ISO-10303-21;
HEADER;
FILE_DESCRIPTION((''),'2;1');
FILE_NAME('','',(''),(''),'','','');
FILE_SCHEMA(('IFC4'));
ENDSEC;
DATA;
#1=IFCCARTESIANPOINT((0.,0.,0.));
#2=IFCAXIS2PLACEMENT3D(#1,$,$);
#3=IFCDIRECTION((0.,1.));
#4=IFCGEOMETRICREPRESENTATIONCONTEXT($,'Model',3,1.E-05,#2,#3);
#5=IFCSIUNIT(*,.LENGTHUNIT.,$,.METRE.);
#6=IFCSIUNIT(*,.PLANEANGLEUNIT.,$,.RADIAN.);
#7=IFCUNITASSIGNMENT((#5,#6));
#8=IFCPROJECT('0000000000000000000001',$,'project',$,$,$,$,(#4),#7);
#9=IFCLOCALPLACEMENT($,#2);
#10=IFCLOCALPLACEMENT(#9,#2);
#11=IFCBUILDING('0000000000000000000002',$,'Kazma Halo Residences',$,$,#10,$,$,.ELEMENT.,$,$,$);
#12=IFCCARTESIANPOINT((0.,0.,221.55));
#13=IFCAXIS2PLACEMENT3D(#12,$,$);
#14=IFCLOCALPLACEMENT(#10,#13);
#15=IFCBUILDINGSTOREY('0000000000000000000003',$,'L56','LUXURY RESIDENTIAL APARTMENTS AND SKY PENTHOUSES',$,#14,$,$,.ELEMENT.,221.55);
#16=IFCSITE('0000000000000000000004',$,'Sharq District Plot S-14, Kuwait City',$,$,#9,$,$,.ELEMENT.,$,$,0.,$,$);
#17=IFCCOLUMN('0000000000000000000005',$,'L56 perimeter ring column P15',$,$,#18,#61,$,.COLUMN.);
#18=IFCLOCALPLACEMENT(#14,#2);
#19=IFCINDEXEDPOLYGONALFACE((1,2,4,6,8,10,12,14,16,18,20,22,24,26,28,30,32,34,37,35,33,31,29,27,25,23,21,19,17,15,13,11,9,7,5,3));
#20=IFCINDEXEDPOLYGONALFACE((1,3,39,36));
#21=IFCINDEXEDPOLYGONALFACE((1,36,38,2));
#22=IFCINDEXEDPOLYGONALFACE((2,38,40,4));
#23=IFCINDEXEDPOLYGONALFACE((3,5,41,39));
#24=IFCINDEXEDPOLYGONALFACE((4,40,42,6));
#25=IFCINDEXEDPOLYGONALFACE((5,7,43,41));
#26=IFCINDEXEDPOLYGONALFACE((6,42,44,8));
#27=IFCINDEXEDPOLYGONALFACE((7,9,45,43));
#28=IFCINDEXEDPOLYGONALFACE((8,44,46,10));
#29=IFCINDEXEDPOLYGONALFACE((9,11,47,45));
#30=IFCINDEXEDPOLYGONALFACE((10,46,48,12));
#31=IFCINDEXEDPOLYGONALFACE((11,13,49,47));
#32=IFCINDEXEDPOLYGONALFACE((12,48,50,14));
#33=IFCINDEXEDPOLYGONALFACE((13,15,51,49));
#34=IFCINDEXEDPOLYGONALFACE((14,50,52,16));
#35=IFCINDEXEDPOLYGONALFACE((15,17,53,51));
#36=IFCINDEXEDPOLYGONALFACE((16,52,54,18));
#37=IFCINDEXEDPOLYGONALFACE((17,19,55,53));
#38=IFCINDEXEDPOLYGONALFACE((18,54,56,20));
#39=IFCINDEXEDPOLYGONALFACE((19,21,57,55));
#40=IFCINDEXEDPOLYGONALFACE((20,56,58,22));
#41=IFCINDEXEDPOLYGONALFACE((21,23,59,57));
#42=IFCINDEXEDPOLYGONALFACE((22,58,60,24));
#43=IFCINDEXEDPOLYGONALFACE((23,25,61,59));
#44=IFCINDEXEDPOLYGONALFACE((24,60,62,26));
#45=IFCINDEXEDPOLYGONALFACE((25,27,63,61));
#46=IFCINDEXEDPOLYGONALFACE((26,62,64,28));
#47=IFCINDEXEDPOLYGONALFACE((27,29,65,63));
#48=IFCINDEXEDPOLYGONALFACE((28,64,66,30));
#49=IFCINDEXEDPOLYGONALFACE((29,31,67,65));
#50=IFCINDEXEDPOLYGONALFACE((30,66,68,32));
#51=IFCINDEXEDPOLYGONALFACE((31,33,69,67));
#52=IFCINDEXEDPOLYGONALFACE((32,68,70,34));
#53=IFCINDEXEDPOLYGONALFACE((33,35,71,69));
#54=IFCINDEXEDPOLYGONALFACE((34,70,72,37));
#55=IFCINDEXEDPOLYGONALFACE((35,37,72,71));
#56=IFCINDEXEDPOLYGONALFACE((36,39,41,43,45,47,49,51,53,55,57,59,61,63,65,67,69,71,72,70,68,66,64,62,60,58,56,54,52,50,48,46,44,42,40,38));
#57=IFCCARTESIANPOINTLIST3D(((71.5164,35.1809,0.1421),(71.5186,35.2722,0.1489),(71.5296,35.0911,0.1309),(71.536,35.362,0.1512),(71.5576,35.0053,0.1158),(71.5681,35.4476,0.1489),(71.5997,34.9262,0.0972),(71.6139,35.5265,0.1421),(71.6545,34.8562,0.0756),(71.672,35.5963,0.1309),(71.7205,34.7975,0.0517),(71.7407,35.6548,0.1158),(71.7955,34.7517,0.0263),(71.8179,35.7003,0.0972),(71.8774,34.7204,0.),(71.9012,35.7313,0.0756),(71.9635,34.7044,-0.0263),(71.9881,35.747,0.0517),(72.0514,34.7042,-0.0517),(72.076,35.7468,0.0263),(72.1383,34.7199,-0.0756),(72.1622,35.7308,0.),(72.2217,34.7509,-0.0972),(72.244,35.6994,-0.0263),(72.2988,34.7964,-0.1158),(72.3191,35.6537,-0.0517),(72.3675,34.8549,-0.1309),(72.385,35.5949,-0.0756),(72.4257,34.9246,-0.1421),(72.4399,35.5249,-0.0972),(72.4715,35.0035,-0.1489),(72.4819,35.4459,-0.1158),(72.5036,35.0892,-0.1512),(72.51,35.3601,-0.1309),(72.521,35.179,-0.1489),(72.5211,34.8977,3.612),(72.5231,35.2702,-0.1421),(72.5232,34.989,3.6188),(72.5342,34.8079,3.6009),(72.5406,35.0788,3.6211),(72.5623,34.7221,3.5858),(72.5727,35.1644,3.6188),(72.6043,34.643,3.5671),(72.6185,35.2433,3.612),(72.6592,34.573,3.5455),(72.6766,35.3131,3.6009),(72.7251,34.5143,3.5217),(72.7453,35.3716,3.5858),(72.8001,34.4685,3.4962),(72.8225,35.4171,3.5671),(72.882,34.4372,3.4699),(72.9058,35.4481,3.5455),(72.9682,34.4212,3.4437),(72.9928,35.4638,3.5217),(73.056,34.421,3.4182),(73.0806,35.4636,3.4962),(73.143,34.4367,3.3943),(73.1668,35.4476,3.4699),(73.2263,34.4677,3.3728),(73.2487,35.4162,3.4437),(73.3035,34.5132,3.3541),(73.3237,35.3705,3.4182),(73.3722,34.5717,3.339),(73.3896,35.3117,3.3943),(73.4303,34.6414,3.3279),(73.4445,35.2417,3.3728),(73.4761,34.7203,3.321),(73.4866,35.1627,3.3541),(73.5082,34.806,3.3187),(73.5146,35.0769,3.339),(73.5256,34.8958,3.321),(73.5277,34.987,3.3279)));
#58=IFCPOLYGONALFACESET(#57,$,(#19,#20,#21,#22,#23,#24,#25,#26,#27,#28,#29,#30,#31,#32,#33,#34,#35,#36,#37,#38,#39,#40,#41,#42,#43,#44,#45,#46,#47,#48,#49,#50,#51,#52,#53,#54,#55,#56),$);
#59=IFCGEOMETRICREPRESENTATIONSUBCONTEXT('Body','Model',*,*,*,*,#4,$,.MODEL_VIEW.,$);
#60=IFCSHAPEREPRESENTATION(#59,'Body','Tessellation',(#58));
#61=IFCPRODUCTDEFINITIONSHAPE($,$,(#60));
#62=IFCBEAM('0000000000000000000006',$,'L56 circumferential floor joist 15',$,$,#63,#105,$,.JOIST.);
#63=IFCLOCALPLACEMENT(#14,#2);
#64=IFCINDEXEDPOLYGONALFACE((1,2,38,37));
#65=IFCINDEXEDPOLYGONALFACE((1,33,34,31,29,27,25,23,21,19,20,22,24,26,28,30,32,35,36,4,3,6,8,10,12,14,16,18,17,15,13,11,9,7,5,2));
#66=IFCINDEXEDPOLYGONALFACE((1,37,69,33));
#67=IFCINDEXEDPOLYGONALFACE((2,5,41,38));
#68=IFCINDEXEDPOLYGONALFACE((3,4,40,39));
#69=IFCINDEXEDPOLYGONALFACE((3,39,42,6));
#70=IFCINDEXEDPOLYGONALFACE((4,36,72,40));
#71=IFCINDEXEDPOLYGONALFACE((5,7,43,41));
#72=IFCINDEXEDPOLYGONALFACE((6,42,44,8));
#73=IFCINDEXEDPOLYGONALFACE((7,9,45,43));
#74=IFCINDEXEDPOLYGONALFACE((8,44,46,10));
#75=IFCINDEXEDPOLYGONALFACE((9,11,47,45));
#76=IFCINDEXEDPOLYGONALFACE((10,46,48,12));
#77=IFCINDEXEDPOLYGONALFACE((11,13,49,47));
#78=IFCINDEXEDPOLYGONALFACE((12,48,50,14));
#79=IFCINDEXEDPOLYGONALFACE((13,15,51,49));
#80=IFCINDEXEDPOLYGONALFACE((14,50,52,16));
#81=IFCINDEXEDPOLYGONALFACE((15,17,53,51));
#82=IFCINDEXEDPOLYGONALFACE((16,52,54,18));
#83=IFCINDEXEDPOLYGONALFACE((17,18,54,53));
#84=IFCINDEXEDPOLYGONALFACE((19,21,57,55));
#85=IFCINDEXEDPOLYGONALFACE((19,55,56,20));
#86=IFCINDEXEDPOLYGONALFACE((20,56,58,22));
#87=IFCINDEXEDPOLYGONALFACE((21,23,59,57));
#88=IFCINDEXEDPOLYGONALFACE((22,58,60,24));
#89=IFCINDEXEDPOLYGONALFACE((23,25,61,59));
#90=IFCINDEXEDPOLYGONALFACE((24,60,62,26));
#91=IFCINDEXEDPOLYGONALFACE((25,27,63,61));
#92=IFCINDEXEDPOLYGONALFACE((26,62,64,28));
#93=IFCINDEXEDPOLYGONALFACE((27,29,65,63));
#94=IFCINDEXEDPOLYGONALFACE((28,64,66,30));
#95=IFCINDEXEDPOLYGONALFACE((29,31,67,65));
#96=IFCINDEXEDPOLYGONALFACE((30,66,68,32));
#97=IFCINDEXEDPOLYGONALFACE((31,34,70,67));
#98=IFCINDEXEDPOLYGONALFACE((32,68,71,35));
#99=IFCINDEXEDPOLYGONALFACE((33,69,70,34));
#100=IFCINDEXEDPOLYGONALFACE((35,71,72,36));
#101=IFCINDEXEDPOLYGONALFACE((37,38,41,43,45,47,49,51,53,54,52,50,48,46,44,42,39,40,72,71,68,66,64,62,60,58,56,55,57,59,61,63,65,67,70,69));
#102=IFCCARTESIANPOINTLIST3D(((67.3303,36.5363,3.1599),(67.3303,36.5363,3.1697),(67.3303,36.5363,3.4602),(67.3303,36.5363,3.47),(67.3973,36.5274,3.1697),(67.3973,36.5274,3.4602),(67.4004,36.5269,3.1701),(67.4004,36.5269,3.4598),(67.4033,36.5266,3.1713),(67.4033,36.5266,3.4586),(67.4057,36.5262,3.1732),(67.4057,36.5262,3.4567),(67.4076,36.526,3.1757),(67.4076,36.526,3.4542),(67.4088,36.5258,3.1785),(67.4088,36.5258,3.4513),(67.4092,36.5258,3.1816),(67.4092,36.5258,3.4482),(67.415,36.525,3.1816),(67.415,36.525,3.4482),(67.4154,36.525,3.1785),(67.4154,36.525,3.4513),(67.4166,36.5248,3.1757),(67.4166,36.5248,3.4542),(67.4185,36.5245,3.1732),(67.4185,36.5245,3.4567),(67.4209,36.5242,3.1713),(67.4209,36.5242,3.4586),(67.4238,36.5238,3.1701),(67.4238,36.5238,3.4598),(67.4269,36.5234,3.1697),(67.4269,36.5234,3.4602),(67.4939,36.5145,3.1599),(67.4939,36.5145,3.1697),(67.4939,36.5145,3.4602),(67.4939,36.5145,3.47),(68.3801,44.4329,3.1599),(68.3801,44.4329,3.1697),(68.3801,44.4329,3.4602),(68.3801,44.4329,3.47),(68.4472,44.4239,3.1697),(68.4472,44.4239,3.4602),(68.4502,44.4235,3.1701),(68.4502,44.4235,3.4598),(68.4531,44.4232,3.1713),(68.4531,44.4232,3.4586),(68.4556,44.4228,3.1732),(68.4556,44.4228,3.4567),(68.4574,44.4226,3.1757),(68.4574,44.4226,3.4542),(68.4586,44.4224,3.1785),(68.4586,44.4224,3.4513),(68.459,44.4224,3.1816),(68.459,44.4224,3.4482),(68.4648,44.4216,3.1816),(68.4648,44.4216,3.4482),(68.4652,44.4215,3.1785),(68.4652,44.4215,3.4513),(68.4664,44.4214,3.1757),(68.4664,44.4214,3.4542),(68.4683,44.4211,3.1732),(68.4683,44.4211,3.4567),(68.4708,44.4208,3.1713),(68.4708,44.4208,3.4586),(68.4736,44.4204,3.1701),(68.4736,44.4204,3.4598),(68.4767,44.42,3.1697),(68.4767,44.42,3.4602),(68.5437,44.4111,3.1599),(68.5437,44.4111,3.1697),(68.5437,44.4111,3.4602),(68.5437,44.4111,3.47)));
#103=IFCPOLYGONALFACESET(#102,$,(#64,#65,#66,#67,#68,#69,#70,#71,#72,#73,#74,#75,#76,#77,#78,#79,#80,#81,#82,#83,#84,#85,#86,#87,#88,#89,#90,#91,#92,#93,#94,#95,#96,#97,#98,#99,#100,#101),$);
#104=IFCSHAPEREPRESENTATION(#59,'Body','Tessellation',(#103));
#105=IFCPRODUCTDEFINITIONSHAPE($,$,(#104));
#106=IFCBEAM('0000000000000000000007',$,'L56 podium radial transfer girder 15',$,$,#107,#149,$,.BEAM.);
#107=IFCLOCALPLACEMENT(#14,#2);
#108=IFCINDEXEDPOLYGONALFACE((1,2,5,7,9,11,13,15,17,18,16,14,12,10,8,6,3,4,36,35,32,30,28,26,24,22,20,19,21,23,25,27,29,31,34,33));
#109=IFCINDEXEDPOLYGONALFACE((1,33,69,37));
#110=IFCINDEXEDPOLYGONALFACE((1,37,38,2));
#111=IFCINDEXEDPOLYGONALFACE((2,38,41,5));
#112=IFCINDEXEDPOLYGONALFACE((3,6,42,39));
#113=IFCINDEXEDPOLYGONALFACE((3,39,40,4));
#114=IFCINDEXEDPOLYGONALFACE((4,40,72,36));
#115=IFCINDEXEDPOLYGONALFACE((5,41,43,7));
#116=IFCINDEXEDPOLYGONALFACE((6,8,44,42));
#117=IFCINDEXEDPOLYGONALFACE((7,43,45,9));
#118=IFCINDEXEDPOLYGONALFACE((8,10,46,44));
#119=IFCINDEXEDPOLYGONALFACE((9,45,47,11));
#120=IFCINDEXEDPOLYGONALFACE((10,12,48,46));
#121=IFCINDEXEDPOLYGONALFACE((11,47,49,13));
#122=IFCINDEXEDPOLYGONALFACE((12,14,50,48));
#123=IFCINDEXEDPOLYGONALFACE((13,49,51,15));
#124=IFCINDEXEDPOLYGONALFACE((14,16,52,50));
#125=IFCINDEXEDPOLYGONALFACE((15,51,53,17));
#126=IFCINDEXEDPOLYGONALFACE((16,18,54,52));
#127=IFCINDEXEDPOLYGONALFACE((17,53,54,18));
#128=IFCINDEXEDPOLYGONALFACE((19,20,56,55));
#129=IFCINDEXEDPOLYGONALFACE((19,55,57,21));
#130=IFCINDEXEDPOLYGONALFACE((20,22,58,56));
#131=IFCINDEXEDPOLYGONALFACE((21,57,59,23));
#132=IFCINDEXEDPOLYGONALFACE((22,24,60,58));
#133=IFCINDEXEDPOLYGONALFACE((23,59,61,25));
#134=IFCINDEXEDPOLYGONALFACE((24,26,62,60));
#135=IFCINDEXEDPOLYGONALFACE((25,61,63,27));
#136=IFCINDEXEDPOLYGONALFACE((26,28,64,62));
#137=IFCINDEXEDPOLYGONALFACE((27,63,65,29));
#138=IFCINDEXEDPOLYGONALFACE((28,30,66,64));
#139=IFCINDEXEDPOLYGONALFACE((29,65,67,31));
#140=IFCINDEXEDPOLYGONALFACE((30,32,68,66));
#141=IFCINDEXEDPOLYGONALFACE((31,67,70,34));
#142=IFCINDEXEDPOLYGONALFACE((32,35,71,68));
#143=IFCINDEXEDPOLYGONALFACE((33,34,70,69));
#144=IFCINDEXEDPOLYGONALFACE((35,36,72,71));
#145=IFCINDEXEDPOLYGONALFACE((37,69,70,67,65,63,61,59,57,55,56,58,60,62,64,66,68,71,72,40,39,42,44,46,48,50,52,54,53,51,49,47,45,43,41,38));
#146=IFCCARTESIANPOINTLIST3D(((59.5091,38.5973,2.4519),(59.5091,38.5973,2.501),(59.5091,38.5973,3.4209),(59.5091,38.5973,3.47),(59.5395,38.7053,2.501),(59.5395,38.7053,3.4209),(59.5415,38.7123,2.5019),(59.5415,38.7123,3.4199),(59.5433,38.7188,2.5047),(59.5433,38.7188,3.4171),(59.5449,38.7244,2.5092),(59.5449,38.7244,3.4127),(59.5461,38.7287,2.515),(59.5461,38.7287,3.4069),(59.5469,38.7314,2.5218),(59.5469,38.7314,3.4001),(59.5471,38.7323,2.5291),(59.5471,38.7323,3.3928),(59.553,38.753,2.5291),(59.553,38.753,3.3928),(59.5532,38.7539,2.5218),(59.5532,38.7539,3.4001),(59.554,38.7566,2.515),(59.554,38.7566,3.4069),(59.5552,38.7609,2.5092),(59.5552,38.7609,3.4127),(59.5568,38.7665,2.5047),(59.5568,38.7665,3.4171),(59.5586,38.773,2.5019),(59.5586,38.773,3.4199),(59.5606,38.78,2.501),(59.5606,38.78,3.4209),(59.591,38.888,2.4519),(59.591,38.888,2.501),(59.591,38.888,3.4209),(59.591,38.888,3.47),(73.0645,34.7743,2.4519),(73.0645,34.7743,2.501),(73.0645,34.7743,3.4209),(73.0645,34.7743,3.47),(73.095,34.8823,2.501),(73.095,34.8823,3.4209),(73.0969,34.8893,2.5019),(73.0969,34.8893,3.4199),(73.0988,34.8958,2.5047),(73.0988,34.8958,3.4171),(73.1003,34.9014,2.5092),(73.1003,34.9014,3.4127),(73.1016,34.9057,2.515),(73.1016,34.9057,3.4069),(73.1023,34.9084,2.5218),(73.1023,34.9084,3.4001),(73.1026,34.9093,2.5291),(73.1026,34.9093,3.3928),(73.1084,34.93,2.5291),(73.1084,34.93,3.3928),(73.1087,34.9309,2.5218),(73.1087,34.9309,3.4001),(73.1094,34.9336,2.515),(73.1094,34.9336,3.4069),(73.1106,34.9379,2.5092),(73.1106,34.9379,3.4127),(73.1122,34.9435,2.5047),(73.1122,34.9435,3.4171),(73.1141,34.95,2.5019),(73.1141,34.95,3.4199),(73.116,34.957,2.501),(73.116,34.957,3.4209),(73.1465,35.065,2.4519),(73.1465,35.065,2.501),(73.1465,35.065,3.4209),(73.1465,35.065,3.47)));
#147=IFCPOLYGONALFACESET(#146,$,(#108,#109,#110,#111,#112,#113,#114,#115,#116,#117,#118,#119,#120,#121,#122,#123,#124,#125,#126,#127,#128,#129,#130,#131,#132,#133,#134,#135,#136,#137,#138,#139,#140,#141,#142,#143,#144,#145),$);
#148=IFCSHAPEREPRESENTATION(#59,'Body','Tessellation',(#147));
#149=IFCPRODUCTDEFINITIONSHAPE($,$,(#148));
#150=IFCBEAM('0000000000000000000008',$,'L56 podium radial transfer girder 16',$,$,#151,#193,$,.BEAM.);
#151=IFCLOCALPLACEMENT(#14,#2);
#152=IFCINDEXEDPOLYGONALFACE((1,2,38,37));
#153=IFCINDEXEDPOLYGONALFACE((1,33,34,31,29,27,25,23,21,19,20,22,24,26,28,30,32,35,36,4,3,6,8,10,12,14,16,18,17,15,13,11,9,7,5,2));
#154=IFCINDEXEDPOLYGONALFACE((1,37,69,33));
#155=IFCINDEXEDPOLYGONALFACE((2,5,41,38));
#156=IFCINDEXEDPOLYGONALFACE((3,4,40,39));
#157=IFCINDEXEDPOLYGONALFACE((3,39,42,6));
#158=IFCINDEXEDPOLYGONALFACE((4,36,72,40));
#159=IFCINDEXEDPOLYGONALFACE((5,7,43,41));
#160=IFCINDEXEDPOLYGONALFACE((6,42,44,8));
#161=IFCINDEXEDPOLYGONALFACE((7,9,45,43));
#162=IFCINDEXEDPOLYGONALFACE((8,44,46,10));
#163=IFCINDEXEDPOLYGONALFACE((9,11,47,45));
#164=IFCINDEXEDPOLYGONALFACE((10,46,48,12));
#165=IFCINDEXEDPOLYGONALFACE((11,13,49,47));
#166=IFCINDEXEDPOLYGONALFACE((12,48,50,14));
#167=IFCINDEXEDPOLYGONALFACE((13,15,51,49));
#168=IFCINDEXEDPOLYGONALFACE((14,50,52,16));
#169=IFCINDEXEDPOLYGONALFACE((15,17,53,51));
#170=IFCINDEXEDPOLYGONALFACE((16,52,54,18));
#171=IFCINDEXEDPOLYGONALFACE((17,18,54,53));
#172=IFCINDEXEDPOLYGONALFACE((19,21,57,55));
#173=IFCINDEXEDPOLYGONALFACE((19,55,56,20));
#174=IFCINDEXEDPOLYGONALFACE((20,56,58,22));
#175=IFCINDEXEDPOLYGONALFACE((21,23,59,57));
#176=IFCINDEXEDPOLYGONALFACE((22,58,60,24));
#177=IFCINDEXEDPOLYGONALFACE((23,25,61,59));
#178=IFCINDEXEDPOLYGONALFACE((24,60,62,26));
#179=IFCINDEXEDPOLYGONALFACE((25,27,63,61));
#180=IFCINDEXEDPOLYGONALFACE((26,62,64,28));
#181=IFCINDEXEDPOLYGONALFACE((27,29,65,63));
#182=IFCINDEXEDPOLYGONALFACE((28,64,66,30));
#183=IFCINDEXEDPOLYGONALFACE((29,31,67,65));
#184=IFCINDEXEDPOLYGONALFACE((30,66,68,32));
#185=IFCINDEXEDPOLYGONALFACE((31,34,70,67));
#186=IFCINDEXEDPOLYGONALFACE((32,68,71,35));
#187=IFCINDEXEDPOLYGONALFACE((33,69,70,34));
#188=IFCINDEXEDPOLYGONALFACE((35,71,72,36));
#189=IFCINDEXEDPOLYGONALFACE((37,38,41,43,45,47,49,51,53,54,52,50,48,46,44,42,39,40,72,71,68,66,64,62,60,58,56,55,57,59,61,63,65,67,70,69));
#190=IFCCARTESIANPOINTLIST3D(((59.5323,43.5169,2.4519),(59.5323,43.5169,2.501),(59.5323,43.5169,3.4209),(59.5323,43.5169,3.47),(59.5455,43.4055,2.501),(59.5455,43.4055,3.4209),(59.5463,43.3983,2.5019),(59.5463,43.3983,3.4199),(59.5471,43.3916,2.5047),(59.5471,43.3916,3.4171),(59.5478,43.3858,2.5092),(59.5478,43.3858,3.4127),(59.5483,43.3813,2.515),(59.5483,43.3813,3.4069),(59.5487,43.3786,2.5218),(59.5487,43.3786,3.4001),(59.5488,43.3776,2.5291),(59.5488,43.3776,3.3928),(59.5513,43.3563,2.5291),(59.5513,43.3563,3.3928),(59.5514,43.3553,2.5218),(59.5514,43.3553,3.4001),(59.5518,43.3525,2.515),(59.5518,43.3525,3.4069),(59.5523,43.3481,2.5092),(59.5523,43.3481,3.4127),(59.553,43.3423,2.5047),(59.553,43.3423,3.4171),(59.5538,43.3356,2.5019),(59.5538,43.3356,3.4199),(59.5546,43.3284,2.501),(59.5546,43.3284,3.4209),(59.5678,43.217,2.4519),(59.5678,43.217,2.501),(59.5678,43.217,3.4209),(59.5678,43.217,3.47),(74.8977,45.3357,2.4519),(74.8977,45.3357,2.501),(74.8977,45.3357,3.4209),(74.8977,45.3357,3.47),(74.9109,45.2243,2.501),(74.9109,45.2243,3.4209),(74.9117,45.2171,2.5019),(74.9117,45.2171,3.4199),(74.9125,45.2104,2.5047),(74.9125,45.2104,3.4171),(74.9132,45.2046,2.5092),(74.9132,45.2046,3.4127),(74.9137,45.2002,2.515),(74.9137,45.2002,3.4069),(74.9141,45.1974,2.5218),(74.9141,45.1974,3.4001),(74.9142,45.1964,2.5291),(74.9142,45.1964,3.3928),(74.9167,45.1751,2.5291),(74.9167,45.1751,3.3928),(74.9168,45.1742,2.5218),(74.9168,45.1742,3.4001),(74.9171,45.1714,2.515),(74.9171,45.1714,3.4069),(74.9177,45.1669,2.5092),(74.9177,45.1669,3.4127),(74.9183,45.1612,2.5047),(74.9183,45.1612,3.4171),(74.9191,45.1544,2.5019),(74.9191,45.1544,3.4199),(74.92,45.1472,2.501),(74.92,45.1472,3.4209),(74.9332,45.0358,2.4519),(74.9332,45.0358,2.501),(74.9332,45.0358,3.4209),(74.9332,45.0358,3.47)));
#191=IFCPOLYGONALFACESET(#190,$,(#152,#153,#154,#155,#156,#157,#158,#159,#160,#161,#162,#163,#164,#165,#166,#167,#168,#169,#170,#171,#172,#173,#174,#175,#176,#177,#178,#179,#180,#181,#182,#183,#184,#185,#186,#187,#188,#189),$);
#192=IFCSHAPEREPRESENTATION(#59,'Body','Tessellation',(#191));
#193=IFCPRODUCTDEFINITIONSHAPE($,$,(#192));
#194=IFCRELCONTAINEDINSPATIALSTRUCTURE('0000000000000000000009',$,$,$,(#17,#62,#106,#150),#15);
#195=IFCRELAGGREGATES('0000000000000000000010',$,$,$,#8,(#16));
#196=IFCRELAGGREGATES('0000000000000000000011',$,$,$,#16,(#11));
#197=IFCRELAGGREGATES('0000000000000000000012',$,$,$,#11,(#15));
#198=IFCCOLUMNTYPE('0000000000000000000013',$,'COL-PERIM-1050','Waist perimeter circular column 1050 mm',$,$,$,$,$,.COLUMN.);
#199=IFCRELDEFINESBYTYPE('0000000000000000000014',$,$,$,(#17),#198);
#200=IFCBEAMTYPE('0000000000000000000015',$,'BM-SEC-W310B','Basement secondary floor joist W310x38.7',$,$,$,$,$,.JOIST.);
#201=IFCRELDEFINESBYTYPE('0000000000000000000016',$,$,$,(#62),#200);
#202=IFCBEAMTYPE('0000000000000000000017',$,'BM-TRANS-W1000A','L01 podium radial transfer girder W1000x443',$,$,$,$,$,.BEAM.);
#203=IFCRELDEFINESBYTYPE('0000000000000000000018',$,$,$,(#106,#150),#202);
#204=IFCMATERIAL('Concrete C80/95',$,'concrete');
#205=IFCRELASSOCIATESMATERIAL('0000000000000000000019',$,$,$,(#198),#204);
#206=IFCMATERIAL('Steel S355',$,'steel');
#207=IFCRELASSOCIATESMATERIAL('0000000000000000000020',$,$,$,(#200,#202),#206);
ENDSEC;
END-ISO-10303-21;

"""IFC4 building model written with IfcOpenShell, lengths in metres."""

from ifc_helpers import new_model, si_unit, direction, frame, origin, origin_2d, place, context, subcontext, project, spatial, circle, i_section, extrude, material, material_profile, profile_set, type_object, element, save


model = new_model("IFC4")

# Units and contexts
model_context = context("Model", 3, precision=1e-05, world=origin(), true_north=direction((0.0, 1.0)))
body_context = subcontext(model_context, "Body", "Model", "MODEL_VIEW")
ifc_project = project(units=[si_unit("LENGTHUNIT", "METRE"), si_unit("PLANEANGLEUNIT", "RADIAN")], contexts=[model_context])

# Site, building, storey
site_placement = place(None, origin())
site = spatial("IfcSite", under=ifc_project, at=site_placement, Name="Sharq District Plot S-14, Kuwait City", CompositionType="ELEMENT", RefElevation=0.0)
building_placement = place(site_placement, origin())
building = spatial("IfcBuilding", under=site, at=building_placement, Name="Kazma Halo Residences", CompositionType="ELEMENT")
storey_placement = place(building_placement, frame((0.0, 0.0, 221.55)))
storey = spatial("IfcBuildingStorey", under=building, at=storey_placement, Name="L56", Description="LUXURY RESIDENTIAL APARTMENTS AND SKY PENTHOUSES", CompositionType="ELEMENT", Elevation=221.55)

# Column
ifc_material_1 = material(Name="Concrete C80/95", Category="concrete")
ifc_material_profile_1 = material_profile(ifc_material_1, circle(Radius=0.5249, at=origin_2d()), Name="CIRC1050")
ifc_profile_set_1 = profile_set([ifc_material_profile_1], Name="Concrete C80/95")
column_type = type_object("IfcColumnType", Name="COL-PERIM-1050", Description="Waist perimeter circular column 1050 mm", PredefinedType="COLUMN", material=ifc_profile_set_1)
column_placement = place(storey_placement, frame((72.0198, 35.2256, 0.0), z_axis=(0.277252, -0.078156, 0.957613), x_axis=(0.271321, 0.962489, 0.0)))
element("IfcColumn", 1, at=column_placement, inside=storey, type_object=column_type, Name="L56 perimeter ring column P15", PredefinedType="COLUMN", context=body_context, shape_type="SweptSolid", body=[
    extrude(circle(Radius=0.5249, at=origin_2d()), origin(), (0.0, 0.0, 1.0), 3.6235),
])

# Beams
ifc_material_2 = material(Name="Steel S355", Category="steel")
ifc_material_profile_2 = material_profile(ifc_material_2, i_section(OverallWidth=0.165, OverallDepth=0.3101, WebThickness=0.0059, FlangeThickness=0.0098, FilletRadius=0.012, at=origin_2d()), Name="W310x38.7")
ifc_profile_set_2 = profile_set([ifc_material_profile_2], Name="Steel S355")
beam_type_1 = type_object("IfcBeamType", Name="BM-SEC-W310B", Description="Basement secondary floor joist W310x38.7", PredefinedType="JOIST", material=ifc_profile_set_2)
beam_1_placement = place(storey_placement, frame((67.4121, 36.5254, 3.3149), z_axis=(0.131786, 0.991278, 0.0), x_axis=(-0.991278, 0.131786, 0.0)))
element("IfcBeam", 2, at=beam_1_placement, inside=storey, type_object=beam_type_1, Name="L56 circumferential floor joist 15", PredefinedType="JOIST", context=body_context, shape_type="SweptSolid", body=[
    extrude(i_section(OverallWidth=0.165, OverallDepth=0.3101, WebThickness=0.0059, FlangeThickness=0.0098, FilletRadius=0.012, at=origin_2d()), origin(), (0.0, 0.0, 1.0), 7.9661),
])
ifc_material_profile_3 = material_profile(ifc_material_2, i_section(OverallWidth=0.302, OverallDepth=1.0181, WebThickness=0.0215, FlangeThickness=0.0491, FilletRadius=0.0281, at=origin_2d()), Name="W1000x443")
ifc_profile_set_3 = profile_set([ifc_material_profile_3], Name="Steel S355")
beam_type_2 = type_object("IfcBeamType", Name="BM-TRANS-W1000A", Description="L01 podium radial transfer girder W1000x443", PredefinedType="BEAM", material=ifc_profile_set_3)
beam_2_placement = place(storey_placement, frame((59.55, 38.7427, 2.9609), z_axis=(0.962456, -0.271439, 0.0), x_axis=(0.271439, 0.962456, 0.0)))
element("IfcBeam", 3, at=beam_2_placement, inside=storey, type_object=beam_type_2, Name="L56 podium radial transfer girder 15", PredefinedType="BEAM", context=body_context, shape_type="SweptSolid", body=[
    extrude(i_section(OverallWidth=0.302, OverallDepth=1.0181, WebThickness=0.0215, FlangeThickness=0.0491, FilletRadius=0.0281, at=origin_2d()), origin(), (0.0, 0.0, 1.0), 14.0842),
])
beam_3_placement = place(storey_placement, frame((59.55, 43.3669, 2.9609), z_axis=(0.993067, 0.117552, 0.0), x_axis=(-0.117552, 0.993067, 0.0)))
element("IfcBeam", 4, at=beam_3_placement, inside=storey, type_object=beam_type_2, Name="L56 podium radial transfer girder 16", PredefinedType="BEAM", context=body_context, shape_type="SweptSolid", body=[
    extrude(i_section(OverallWidth=0.302, OverallDepth=1.0181, WebThickness=0.0215, FlangeThickness=0.0491, FilletRadius=0.0281, at=origin_2d()), origin(), (0.0, 0.0, 1.0), 15.4727),
])

save(model, "model.ifc")
